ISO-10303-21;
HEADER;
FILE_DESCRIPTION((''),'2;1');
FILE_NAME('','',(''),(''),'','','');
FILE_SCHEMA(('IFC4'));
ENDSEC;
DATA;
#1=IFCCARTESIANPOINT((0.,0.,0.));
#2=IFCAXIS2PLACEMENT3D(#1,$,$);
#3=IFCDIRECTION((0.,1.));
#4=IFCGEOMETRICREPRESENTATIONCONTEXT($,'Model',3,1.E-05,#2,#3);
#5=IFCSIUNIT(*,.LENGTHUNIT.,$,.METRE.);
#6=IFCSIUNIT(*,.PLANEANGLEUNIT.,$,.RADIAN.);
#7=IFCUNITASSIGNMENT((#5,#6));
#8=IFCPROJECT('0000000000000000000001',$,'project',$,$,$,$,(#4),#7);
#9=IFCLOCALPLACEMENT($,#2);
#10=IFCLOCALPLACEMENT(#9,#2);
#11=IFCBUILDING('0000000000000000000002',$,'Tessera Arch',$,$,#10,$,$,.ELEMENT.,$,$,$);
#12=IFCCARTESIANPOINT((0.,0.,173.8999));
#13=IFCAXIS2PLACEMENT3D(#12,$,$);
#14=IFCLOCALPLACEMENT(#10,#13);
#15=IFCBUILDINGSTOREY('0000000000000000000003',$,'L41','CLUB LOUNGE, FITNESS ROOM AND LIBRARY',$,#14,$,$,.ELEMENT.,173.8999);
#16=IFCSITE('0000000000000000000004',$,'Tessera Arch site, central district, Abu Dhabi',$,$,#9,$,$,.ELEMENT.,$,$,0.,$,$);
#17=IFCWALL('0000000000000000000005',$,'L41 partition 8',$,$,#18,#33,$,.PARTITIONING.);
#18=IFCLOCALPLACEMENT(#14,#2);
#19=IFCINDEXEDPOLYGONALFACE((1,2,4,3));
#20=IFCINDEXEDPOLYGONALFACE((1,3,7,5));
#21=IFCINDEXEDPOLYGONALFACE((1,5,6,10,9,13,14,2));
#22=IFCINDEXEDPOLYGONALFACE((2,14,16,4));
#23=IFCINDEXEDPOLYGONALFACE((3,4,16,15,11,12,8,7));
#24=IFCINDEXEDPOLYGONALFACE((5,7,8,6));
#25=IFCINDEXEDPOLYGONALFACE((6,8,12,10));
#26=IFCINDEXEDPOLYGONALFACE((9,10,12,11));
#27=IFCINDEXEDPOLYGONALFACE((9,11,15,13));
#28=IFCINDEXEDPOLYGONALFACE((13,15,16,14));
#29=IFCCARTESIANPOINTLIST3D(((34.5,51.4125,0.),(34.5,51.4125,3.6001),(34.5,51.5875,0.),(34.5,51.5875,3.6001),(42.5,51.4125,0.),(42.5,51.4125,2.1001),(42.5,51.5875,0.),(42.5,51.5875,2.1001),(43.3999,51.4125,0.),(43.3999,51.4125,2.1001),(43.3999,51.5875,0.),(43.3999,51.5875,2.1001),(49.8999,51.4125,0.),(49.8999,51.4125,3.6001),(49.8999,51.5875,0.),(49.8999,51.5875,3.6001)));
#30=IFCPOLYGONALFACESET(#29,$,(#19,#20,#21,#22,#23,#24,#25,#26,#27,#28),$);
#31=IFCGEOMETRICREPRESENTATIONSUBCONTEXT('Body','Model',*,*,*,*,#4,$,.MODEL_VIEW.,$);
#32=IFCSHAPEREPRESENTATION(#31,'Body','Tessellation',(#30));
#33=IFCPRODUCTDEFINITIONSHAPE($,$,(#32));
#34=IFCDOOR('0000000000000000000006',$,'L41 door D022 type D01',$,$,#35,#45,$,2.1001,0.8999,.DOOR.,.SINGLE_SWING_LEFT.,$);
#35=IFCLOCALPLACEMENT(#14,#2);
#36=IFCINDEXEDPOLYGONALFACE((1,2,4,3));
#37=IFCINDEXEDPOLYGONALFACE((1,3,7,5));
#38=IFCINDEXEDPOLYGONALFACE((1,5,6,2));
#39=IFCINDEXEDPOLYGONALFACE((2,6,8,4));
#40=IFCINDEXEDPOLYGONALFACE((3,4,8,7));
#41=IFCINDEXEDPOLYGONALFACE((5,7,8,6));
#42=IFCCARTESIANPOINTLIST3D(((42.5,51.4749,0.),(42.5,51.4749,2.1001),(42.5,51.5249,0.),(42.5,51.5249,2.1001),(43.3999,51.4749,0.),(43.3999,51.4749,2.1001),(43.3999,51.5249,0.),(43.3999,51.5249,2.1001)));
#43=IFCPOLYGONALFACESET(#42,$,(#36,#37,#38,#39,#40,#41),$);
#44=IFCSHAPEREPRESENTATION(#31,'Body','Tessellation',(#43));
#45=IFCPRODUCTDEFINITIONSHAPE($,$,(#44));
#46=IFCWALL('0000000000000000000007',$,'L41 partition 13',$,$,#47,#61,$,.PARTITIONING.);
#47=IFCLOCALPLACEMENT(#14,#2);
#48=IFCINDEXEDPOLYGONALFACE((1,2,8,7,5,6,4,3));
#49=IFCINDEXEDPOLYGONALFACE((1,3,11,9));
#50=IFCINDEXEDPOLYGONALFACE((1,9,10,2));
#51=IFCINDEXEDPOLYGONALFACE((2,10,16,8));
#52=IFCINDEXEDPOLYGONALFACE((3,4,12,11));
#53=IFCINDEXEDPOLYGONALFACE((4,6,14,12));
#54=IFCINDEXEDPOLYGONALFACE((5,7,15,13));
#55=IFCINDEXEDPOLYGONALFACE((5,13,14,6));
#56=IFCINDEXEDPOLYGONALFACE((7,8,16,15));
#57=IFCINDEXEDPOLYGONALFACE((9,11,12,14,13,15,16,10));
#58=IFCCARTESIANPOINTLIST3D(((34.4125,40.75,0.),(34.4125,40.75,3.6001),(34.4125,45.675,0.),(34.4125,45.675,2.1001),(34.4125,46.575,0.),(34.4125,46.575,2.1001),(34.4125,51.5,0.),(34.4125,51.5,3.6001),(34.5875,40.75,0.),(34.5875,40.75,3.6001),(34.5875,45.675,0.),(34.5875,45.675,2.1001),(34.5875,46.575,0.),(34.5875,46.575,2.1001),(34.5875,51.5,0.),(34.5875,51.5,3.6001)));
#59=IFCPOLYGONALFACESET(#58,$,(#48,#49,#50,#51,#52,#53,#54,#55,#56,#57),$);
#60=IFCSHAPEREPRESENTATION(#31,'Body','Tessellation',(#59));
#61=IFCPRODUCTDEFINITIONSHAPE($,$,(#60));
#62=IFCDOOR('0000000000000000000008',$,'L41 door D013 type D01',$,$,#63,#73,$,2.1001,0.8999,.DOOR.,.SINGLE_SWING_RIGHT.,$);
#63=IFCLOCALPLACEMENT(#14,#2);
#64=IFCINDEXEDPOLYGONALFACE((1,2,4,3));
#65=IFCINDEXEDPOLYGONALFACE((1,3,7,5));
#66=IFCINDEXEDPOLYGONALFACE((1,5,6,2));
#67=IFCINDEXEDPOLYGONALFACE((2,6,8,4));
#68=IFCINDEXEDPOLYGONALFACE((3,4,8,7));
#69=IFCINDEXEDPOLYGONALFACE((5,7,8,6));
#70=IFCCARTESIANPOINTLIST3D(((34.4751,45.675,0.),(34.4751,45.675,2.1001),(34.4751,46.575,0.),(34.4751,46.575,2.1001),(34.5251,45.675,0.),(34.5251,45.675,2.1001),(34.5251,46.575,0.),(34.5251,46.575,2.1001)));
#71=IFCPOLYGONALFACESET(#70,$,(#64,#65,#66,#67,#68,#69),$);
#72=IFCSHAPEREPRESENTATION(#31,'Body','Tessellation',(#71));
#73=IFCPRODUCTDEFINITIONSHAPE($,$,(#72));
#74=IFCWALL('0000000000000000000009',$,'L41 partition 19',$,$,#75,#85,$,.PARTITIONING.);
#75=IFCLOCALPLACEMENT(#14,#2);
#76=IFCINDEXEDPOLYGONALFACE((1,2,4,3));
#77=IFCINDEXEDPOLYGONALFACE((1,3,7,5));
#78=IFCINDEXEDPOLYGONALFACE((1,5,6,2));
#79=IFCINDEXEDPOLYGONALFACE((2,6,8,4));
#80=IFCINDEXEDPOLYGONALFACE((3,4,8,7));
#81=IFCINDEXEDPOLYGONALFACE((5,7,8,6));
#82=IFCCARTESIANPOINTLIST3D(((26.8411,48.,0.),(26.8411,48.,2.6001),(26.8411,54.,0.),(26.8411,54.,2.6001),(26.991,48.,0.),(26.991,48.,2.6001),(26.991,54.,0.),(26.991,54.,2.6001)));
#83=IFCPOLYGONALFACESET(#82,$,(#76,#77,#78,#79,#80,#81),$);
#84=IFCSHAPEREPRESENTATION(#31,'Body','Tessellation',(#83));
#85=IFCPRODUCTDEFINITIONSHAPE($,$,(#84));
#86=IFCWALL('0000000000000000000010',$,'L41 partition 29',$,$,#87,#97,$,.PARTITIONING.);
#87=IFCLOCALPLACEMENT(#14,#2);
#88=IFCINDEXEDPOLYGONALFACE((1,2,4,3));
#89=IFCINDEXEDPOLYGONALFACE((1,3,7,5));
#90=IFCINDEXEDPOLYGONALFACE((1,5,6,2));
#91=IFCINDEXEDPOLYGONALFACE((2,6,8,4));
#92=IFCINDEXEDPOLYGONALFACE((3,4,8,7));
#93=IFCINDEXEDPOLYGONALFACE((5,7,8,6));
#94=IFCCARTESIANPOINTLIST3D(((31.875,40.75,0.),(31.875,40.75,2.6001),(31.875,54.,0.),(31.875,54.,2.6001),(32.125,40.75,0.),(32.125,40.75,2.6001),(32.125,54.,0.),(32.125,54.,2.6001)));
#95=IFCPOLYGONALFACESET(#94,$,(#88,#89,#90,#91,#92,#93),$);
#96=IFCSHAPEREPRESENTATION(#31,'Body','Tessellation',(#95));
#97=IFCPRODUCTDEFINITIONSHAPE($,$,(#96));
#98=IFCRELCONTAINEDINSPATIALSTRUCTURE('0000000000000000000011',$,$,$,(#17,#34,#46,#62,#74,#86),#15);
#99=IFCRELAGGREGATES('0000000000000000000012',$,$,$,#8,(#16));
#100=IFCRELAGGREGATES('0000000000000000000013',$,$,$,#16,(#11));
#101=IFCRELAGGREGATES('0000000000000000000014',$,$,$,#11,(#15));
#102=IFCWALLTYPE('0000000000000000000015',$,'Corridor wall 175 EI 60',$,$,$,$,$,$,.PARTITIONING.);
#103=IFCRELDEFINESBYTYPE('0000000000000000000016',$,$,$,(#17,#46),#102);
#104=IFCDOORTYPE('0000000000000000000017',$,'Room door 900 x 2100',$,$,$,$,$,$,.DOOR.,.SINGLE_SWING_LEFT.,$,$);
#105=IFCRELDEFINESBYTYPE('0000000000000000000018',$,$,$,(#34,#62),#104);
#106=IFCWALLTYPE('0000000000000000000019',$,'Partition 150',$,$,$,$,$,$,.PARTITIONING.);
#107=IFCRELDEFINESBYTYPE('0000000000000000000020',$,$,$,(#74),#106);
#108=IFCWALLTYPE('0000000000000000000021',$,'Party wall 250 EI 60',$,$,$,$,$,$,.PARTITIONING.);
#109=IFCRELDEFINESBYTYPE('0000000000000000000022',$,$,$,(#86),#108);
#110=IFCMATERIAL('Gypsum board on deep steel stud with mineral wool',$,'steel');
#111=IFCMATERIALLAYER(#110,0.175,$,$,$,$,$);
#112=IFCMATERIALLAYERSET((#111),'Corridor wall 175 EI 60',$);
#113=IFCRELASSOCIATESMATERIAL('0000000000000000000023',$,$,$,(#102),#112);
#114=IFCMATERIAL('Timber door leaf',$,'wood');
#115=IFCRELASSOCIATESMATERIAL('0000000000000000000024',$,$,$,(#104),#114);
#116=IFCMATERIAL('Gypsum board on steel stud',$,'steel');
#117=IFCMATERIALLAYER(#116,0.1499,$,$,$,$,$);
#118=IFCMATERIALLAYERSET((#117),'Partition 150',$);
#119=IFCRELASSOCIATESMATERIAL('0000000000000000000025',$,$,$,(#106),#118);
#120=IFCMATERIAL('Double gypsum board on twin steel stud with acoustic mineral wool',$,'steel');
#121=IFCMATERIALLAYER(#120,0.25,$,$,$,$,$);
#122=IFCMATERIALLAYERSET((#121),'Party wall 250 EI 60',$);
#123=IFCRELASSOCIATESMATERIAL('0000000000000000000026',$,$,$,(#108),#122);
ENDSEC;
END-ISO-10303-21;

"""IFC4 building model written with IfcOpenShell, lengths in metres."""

from ifc_helpers import new_model, si_unit, direction, frame, frame_2d, origin, place, context, subcontext, project, spatial, rectangle, extrude, material, layer, layer_set, type_object, element, fill, save


model = new_model("IFC4")

# Units and contexts
model_context = context("Model", 3, precision=1e-05, world=origin(), true_north=direction((0.0, 1.0)))
body_context = subcontext(model_context, "Body", "Model", "MODEL_VIEW")
ifc_project = project(units=[si_unit("LENGTHUNIT", "METRE"), si_unit("PLANEANGLEUNIT", "RADIAN")], contexts=[model_context])

# Site, building, storey
site_placement = place(None, origin())
site = spatial("IfcSite", under=ifc_project, at=site_placement, Name="Tessera Arch site, central district, Abu Dhabi", CompositionType="ELEMENT", RefElevation=0.0)
building_placement = place(site_placement, origin())
building = spatial("IfcBuilding", under=site, at=building_placement, Name="Tessera Arch", CompositionType="ELEMENT")
storey_placement = place(building_placement, frame((0.0, 0.0, 173.8999)))
storey = spatial("IfcBuildingStorey", under=building, at=storey_placement, Name="L41", Description="CLUB LOUNGE, FITNESS ROOM AND LIBRARY", CompositionType="ELEMENT", Elevation=173.8999)

# Walls, openings, doors
ifc_material_1 = material(Name="Gypsum board on deep steel stud with mineral wool", Category="steel")
ifc_layer_1 = layer(ifc_material_1, 0.175)
ifc_layer_set_1 = layer_set([ifc_layer_1], Name="Corridor wall 175 EI 60")
wall_type_1 = type_object("IfcWallType", Name="Corridor wall 175 EI 60", PredefinedType="PARTITIONING", material=ifc_layer_set_1)
wall_1_placement = place(storey_placement, frame((34.5, 51.5, 0.0), z_axis=(0.0, 0.0, 1.0), x_axis=(1.0, 0.0, 0.0)))
wall_1 = element("IfcWall", 1, at=wall_1_placement, inside=storey, type_object=wall_type_1, Name="L41 partition 8", PredefinedType="PARTITIONING", context=body_context, shape_type="SweptSolid", body=[
    extrude(rectangle(XDim=15.3999, YDim=0.175, at=frame_2d((7.7, 0.0))), origin(), (0.0, 0.0, 1.0), 3.6001),
])
opening_1_placement = place(wall_1_placement, frame((8.0, 0.0, 0.0)))
opening_1 = element("IfcOpeningElement", 2, at=opening_1_placement, cuts=wall_1, PredefinedType="OPENING", context=body_context, shape_type="SweptSolid", body=[
    extrude(rectangle(XDim=0.8999, YDim=2.1001, at=frame_2d((0.45, 1.05))), frame((0.0, 0.0974, 0.0), z_axis=(0.0, -1.0, 0.0), x_axis=(1.0, 0.0, 0.0)), (0.0, 0.0, 1.0), 0.1951),
])
ifc_material_2 = material(Name="Timber door leaf", Category="wood")
door_type = type_object("IfcDoorType", Name="Room door 900 x 2100", OperationType="SINGLE_SWING_LEFT", PredefinedType="DOOR", material=ifc_material_2)
door_1_placement = place(opening_1_placement, origin())
door_1 = element("IfcDoor", 3, at=door_1_placement, inside=storey, type_object=door_type, Name="L41 door D022 type D01", OperationType="SINGLE_SWING_LEFT", OverallHeight=2.1001, OverallWidth=0.8999, PredefinedType="DOOR", context=body_context, shape_type="SweptSolid", body=[
    extrude(rectangle(XDim=0.8999, YDim=2.1001, at=frame_2d((0.45, 1.05))), frame((0.0, 0.0249, 0.0), z_axis=(0.0, -1.0, 0.0), x_axis=(1.0, 0.0, 0.0)), (0.0, 0.0, 1.0), 0.05),
])
fill(opening_1, door_1)
wall_2_placement = place(storey_placement, frame((34.5, 40.75, 0.0), z_axis=(0.0, 0.0, 1.0), x_axis=(0.0, 1.0, 0.0)))
wall_2 = element("IfcWall", 4, at=wall_2_placement, inside=storey, type_object=wall_type_1, Name="L41 partition 13", PredefinedType="PARTITIONING", context=body_context, shape_type="SweptSolid", body=[
    extrude(rectangle(XDim=10.75, YDim=0.175, at=frame_2d((5.375, 0.0))), origin(), (0.0, 0.0, 1.0), 3.6001),
])
opening_2_placement = place(wall_2_placement, frame((4.925, 0.0, 0.0)))
opening_2 = element("IfcOpeningElement", 5, at=opening_2_placement, cuts=wall_2, PredefinedType="OPENING", context=body_context, shape_type="SweptSolid", body=[
    extrude(rectangle(XDim=0.8999, YDim=2.1001, at=frame_2d((0.45, 1.05))), frame((0.0, 0.0974, 0.0), z_axis=(0.0, -1.0, 0.0), x_axis=(1.0, 0.0, 0.0)), (0.0, 0.0, 1.0), 0.1951),
])
door_2_placement = place(opening_2_placement, origin())
door_2 = element("IfcDoor", 6, at=door_2_placement, inside=storey, type_object=door_type, Name="L41 door D013 type D01", OperationType="SINGLE_SWING_RIGHT", OverallHeight=2.1001, OverallWidth=0.8999, PredefinedType="DOOR", context=body_context, shape_type="SweptSolid", body=[
    extrude(rectangle(XDim=0.8999, YDim=2.1001, at=frame_2d((0.45, 1.05))), frame((0.0, 0.0249, 0.0), z_axis=(0.0, -1.0, 0.0), x_axis=(1.0, 0.0, 0.0)), (0.0, 0.0, 1.0), 0.05),
])
fill(opening_2, door_2)

# Walls
ifc_material_3 = material(Name="Gypsum board on steel stud", Category="steel")
ifc_layer_2 = layer(ifc_material_3, 0.1499)
ifc_layer_set_2 = layer_set([ifc_layer_2], Name="Partition 150")
wall_type_2 = type_object("IfcWallType", Name="Partition 150", PredefinedType="PARTITIONING", material=ifc_layer_set_2)
wall_3_placement = place(storey_placement, frame((26.916, 48.0, 0.0), z_axis=(0.0, 0.0, 1.0), x_axis=(0.0, 1.0, 0.0)))
element("IfcWall", 7, at=wall_3_placement, inside=storey, type_object=wall_type_2, Name="L41 partition 19", PredefinedType="PARTITIONING", context=body_context, shape_type="SweptSolid", body=[
    extrude(rectangle(XDim=6.0, YDim=0.1499, at=frame_2d((3.0, 0.0))), origin(), (0.0, 0.0, 1.0), 2.6001),
])
ifc_material_4 = material(Name="Double gypsum board on twin steel stud with acoustic mineral wool", Category="steel")
ifc_layer_3 = layer(ifc_material_4, 0.25)
ifc_layer_set_3 = layer_set([ifc_layer_3], Name="Party wall 250 EI 60")
wall_type_3 = type_object("IfcWallType", Name="Party wall 250 EI 60", PredefinedType="PARTITIONING", material=ifc_layer_set_3)
wall_4_placement = place(storey_placement, frame((32.0, 40.75, 0.0), z_axis=(0.0, 0.0, 1.0), x_axis=(0.0, 1.0, 0.0)))
element("IfcWall", 8, at=wall_4_placement, inside=storey, type_object=wall_type_3, Name="L41 partition 29", PredefinedType="PARTITIONING", context=body_context, shape_type="SweptSolid", body=[
    extrude(rectangle(XDim=13.25, YDim=0.25, at=frame_2d((6.625, 0.0))), origin(), (0.0, 0.0, 1.0), 2.6001),
])

save(model, "model.ifc")
